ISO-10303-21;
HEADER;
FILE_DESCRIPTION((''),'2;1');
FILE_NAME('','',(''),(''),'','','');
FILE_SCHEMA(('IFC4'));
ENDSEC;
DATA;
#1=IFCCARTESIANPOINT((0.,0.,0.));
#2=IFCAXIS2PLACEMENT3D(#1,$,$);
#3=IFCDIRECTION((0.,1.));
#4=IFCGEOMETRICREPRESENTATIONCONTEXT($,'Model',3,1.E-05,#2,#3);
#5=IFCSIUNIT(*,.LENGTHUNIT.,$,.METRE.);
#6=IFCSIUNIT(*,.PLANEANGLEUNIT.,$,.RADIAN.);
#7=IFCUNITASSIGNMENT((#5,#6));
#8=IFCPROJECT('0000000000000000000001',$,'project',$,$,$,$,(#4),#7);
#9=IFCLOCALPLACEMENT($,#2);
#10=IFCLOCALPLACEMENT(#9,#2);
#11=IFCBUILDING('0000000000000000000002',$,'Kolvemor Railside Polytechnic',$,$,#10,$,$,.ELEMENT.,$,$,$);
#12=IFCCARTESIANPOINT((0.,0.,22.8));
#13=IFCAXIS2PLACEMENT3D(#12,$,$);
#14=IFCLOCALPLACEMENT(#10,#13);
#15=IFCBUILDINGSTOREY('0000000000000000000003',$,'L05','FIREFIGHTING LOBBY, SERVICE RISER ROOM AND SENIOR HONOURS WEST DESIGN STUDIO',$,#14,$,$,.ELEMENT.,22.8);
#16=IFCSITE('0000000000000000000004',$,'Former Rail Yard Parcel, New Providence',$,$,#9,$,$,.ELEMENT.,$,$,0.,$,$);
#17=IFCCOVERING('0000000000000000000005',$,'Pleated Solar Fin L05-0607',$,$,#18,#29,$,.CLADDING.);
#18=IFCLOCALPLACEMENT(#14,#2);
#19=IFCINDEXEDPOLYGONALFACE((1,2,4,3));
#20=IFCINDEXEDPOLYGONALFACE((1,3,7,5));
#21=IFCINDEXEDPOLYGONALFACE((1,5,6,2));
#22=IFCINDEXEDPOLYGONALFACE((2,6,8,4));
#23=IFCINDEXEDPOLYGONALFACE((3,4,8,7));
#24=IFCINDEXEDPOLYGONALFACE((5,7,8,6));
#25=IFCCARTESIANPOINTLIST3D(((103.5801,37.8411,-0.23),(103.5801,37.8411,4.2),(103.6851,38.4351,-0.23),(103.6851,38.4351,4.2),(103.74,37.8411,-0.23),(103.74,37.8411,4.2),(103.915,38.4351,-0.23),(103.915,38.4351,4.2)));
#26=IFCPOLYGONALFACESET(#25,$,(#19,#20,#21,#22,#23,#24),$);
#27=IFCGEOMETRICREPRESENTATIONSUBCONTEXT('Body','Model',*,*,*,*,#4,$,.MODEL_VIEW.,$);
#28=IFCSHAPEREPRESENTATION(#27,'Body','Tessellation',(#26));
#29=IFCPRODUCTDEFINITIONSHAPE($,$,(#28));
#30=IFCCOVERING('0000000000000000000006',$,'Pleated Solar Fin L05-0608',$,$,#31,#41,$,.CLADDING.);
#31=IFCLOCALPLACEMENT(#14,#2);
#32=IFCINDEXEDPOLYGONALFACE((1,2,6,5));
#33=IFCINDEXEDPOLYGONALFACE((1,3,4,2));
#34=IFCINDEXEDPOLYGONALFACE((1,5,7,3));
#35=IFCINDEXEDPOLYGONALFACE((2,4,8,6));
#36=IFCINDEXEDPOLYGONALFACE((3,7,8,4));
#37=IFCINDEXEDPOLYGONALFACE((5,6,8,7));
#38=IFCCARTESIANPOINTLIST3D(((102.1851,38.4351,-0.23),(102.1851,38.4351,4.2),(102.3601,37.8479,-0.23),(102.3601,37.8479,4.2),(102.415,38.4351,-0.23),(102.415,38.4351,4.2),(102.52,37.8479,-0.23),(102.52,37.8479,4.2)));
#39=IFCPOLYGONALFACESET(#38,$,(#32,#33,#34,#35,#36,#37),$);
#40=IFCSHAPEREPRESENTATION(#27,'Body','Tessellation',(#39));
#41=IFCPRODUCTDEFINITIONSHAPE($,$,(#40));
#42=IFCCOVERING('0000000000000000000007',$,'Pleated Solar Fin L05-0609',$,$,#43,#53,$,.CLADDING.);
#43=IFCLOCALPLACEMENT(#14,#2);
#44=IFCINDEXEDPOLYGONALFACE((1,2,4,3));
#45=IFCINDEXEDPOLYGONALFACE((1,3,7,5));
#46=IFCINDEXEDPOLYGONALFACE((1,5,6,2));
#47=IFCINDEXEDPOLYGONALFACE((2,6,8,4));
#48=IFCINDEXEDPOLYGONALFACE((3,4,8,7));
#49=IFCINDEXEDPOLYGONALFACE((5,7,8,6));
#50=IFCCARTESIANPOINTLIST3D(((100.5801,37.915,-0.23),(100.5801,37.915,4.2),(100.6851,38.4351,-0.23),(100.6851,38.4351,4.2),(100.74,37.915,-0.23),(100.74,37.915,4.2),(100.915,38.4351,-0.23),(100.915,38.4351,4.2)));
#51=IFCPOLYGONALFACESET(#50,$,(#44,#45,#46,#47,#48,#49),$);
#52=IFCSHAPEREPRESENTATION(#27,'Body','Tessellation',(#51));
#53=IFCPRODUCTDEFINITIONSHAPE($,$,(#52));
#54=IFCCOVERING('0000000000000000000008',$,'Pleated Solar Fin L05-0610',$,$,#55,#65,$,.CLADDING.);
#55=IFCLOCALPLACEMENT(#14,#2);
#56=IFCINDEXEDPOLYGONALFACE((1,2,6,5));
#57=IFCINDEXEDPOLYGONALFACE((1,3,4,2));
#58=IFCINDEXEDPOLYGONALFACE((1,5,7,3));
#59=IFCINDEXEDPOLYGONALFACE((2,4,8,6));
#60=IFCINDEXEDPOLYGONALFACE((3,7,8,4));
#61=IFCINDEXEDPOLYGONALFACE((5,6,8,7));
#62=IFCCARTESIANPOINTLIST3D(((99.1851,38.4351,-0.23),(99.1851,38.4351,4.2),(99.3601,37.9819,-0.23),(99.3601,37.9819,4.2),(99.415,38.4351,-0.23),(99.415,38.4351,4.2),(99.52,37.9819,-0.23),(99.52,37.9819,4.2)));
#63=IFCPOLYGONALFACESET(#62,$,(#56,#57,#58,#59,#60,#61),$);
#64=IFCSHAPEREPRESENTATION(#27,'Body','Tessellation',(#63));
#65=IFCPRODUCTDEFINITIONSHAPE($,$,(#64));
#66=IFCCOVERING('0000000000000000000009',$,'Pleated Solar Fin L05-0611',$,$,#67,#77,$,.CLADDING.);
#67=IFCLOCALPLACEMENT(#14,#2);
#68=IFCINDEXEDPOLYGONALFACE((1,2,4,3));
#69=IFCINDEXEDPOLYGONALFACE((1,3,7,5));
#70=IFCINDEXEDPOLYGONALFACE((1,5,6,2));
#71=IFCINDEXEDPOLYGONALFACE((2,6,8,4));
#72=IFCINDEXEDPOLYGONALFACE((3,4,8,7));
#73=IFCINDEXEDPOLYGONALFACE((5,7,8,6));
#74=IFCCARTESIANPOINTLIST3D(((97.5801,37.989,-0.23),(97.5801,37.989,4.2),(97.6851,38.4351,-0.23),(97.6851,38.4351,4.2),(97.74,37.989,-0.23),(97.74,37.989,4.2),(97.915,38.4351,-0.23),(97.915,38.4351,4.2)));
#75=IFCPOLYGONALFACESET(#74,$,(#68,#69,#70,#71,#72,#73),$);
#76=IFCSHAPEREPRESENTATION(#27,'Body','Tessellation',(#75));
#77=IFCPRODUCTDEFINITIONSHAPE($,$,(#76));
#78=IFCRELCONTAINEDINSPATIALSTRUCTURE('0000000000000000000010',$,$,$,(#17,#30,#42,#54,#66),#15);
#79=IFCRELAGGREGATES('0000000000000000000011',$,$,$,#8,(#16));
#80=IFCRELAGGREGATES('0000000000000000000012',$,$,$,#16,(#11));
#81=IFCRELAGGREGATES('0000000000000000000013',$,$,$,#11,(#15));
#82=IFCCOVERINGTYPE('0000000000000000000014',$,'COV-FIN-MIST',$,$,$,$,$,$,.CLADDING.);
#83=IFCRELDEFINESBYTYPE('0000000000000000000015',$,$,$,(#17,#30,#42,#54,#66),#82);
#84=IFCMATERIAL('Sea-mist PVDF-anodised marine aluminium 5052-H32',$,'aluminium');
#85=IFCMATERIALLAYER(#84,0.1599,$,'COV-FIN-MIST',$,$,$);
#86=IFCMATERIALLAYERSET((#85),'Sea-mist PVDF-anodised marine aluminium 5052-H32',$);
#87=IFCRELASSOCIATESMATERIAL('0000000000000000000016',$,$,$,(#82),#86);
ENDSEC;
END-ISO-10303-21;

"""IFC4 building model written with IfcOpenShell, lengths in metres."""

from ifc_helpers import new_model, si_unit, direction, frame, origin, place, context, subcontext, project, spatial, polyline, outline, extrude, material, layer, layer_set, type_object, element, save


model = new_model("IFC4")

# Units and contexts
model_context = context("Model", 3, precision=1e-05, world=origin(), true_north=direction((0.0, 1.0)))
body_context = subcontext(model_context, "Body", "Model", "MODEL_VIEW")
ifc_project = project(units=[si_unit("LENGTHUNIT", "METRE"), si_unit("PLANEANGLEUNIT", "RADIAN")], contexts=[model_context])

# Site, building, storey
site_placement = place(None, origin())
site = spatial("IfcSite", under=ifc_project, at=site_placement, Name="Former Rail Yard Parcel, New Providence", CompositionType="ELEMENT", RefElevation=0.0)
building_placement = place(site_placement, origin())
building = spatial("IfcBuilding", under=site, at=building_placement, Name="Kolvemor Railside Polytechnic", CompositionType="ELEMENT")
storey_placement = place(building_placement, frame((0.0, 0.0, 22.8)))
storey = spatial("IfcBuildingStorey", under=building, at=storey_placement, Name="L05", Description="FIREFIGHTING LOBBY, SERVICE RISER ROOM AND SENIOR HONOURS WEST DESIGN STUDIO", CompositionType="ELEMENT", Elevation=22.8)

# Coverings
ifc_material = material(Name="Sea-mist PVDF-anodised marine aluminium 5052-H32", Category="aluminium")
ifc_layer = layer(ifc_material, 0.1599, Name="COV-FIN-MIST")
ifc_layer_set = layer_set([ifc_layer], Name="Sea-mist PVDF-anodised marine aluminium 5052-H32")
covering_type = type_object("IfcCoveringType", Name="COV-FIN-MIST", PredefinedType="CLADDING", material=ifc_layer_set)
covering_1_placement = place(storey_placement, frame((0.0, 0.0, -0.23)))
element("IfcCovering", 1, at=covering_1_placement, inside=storey, type_object=covering_type, Name="Pleated Solar Fin L05-0607", PredefinedType="CLADDING", context=body_context, shape_type="SweptSolid", body=[
    extrude(outline(polyline([(103.915, 38.4351), (103.6851, 38.4351), (103.5801, 37.8411), (103.74, 37.8411), (103.915, 38.4351)])), origin(), (0.0, 0.0, 1.0), 4.4299),
])
covering_2_placement = place(storey_placement, frame((0.0, 0.0, -0.23)))
element("IfcCovering", 2, at=covering_2_placement, inside=storey, type_object=covering_type, Name="Pleated Solar Fin L05-0608", PredefinedType="CLADDING", context=body_context, shape_type="SweptSolid", body=[
    extrude(outline(polyline([(102.415, 38.4351), (102.1851, 38.4351), (102.3601, 37.8479), (102.52, 37.8479), (102.415, 38.4351)])), origin(), (0.0, 0.0, 1.0), 4.4299),
])
covering_3_placement = place(storey_placement, frame((0.0, 0.0, -0.23)))
element("IfcCovering", 3, at=covering_3_placement, inside=storey, type_object=covering_type, Name="Pleated Solar Fin L05-0609", PredefinedType="CLADDING", context=body_context, shape_type="SweptSolid", body=[
    extrude(outline(polyline([(100.915, 38.4351), (100.6851, 38.4351), (100.5801, 37.915), (100.74, 37.915), (100.915, 38.4351)])), origin(), (0.0, 0.0, 1.0), 4.4299),
])
covering_4_placement = place(storey_placement, frame((0.0, 0.0, -0.23)))
element("IfcCovering", 4, at=covering_4_placement, inside=storey, type_object=covering_type, Name="Pleated Solar Fin L05-0610", PredefinedType="CLADDING", context=body_context, shape_type="SweptSolid", body=[
    extrude(outline(polyline([(99.415, 38.4351), (99.1851, 38.4351), (99.3601, 37.9819), (99.52, 37.9819), (99.415, 38.4351)])), origin(), (0.0, 0.0, 1.0), 4.4299),
])
covering_5_placement = place(storey_placement, frame((0.0, 0.0, -0.23)))
element("IfcCovering", 5, at=covering_5_placement, inside=storey, type_object=covering_type, Name="Pleated Solar Fin L05-0611", PredefinedType="CLADDING", context=body_context, shape_type="SweptSolid", body=[
    extrude(outline(polyline([(97.915, 38.4351), (97.6851, 38.4351), (97.5801, 37.989), (97.74, 37.989), (97.915, 38.4351)])), origin(), (0.0, 0.0, 1.0), 4.4299),
])

save(model, "model.ifc")
